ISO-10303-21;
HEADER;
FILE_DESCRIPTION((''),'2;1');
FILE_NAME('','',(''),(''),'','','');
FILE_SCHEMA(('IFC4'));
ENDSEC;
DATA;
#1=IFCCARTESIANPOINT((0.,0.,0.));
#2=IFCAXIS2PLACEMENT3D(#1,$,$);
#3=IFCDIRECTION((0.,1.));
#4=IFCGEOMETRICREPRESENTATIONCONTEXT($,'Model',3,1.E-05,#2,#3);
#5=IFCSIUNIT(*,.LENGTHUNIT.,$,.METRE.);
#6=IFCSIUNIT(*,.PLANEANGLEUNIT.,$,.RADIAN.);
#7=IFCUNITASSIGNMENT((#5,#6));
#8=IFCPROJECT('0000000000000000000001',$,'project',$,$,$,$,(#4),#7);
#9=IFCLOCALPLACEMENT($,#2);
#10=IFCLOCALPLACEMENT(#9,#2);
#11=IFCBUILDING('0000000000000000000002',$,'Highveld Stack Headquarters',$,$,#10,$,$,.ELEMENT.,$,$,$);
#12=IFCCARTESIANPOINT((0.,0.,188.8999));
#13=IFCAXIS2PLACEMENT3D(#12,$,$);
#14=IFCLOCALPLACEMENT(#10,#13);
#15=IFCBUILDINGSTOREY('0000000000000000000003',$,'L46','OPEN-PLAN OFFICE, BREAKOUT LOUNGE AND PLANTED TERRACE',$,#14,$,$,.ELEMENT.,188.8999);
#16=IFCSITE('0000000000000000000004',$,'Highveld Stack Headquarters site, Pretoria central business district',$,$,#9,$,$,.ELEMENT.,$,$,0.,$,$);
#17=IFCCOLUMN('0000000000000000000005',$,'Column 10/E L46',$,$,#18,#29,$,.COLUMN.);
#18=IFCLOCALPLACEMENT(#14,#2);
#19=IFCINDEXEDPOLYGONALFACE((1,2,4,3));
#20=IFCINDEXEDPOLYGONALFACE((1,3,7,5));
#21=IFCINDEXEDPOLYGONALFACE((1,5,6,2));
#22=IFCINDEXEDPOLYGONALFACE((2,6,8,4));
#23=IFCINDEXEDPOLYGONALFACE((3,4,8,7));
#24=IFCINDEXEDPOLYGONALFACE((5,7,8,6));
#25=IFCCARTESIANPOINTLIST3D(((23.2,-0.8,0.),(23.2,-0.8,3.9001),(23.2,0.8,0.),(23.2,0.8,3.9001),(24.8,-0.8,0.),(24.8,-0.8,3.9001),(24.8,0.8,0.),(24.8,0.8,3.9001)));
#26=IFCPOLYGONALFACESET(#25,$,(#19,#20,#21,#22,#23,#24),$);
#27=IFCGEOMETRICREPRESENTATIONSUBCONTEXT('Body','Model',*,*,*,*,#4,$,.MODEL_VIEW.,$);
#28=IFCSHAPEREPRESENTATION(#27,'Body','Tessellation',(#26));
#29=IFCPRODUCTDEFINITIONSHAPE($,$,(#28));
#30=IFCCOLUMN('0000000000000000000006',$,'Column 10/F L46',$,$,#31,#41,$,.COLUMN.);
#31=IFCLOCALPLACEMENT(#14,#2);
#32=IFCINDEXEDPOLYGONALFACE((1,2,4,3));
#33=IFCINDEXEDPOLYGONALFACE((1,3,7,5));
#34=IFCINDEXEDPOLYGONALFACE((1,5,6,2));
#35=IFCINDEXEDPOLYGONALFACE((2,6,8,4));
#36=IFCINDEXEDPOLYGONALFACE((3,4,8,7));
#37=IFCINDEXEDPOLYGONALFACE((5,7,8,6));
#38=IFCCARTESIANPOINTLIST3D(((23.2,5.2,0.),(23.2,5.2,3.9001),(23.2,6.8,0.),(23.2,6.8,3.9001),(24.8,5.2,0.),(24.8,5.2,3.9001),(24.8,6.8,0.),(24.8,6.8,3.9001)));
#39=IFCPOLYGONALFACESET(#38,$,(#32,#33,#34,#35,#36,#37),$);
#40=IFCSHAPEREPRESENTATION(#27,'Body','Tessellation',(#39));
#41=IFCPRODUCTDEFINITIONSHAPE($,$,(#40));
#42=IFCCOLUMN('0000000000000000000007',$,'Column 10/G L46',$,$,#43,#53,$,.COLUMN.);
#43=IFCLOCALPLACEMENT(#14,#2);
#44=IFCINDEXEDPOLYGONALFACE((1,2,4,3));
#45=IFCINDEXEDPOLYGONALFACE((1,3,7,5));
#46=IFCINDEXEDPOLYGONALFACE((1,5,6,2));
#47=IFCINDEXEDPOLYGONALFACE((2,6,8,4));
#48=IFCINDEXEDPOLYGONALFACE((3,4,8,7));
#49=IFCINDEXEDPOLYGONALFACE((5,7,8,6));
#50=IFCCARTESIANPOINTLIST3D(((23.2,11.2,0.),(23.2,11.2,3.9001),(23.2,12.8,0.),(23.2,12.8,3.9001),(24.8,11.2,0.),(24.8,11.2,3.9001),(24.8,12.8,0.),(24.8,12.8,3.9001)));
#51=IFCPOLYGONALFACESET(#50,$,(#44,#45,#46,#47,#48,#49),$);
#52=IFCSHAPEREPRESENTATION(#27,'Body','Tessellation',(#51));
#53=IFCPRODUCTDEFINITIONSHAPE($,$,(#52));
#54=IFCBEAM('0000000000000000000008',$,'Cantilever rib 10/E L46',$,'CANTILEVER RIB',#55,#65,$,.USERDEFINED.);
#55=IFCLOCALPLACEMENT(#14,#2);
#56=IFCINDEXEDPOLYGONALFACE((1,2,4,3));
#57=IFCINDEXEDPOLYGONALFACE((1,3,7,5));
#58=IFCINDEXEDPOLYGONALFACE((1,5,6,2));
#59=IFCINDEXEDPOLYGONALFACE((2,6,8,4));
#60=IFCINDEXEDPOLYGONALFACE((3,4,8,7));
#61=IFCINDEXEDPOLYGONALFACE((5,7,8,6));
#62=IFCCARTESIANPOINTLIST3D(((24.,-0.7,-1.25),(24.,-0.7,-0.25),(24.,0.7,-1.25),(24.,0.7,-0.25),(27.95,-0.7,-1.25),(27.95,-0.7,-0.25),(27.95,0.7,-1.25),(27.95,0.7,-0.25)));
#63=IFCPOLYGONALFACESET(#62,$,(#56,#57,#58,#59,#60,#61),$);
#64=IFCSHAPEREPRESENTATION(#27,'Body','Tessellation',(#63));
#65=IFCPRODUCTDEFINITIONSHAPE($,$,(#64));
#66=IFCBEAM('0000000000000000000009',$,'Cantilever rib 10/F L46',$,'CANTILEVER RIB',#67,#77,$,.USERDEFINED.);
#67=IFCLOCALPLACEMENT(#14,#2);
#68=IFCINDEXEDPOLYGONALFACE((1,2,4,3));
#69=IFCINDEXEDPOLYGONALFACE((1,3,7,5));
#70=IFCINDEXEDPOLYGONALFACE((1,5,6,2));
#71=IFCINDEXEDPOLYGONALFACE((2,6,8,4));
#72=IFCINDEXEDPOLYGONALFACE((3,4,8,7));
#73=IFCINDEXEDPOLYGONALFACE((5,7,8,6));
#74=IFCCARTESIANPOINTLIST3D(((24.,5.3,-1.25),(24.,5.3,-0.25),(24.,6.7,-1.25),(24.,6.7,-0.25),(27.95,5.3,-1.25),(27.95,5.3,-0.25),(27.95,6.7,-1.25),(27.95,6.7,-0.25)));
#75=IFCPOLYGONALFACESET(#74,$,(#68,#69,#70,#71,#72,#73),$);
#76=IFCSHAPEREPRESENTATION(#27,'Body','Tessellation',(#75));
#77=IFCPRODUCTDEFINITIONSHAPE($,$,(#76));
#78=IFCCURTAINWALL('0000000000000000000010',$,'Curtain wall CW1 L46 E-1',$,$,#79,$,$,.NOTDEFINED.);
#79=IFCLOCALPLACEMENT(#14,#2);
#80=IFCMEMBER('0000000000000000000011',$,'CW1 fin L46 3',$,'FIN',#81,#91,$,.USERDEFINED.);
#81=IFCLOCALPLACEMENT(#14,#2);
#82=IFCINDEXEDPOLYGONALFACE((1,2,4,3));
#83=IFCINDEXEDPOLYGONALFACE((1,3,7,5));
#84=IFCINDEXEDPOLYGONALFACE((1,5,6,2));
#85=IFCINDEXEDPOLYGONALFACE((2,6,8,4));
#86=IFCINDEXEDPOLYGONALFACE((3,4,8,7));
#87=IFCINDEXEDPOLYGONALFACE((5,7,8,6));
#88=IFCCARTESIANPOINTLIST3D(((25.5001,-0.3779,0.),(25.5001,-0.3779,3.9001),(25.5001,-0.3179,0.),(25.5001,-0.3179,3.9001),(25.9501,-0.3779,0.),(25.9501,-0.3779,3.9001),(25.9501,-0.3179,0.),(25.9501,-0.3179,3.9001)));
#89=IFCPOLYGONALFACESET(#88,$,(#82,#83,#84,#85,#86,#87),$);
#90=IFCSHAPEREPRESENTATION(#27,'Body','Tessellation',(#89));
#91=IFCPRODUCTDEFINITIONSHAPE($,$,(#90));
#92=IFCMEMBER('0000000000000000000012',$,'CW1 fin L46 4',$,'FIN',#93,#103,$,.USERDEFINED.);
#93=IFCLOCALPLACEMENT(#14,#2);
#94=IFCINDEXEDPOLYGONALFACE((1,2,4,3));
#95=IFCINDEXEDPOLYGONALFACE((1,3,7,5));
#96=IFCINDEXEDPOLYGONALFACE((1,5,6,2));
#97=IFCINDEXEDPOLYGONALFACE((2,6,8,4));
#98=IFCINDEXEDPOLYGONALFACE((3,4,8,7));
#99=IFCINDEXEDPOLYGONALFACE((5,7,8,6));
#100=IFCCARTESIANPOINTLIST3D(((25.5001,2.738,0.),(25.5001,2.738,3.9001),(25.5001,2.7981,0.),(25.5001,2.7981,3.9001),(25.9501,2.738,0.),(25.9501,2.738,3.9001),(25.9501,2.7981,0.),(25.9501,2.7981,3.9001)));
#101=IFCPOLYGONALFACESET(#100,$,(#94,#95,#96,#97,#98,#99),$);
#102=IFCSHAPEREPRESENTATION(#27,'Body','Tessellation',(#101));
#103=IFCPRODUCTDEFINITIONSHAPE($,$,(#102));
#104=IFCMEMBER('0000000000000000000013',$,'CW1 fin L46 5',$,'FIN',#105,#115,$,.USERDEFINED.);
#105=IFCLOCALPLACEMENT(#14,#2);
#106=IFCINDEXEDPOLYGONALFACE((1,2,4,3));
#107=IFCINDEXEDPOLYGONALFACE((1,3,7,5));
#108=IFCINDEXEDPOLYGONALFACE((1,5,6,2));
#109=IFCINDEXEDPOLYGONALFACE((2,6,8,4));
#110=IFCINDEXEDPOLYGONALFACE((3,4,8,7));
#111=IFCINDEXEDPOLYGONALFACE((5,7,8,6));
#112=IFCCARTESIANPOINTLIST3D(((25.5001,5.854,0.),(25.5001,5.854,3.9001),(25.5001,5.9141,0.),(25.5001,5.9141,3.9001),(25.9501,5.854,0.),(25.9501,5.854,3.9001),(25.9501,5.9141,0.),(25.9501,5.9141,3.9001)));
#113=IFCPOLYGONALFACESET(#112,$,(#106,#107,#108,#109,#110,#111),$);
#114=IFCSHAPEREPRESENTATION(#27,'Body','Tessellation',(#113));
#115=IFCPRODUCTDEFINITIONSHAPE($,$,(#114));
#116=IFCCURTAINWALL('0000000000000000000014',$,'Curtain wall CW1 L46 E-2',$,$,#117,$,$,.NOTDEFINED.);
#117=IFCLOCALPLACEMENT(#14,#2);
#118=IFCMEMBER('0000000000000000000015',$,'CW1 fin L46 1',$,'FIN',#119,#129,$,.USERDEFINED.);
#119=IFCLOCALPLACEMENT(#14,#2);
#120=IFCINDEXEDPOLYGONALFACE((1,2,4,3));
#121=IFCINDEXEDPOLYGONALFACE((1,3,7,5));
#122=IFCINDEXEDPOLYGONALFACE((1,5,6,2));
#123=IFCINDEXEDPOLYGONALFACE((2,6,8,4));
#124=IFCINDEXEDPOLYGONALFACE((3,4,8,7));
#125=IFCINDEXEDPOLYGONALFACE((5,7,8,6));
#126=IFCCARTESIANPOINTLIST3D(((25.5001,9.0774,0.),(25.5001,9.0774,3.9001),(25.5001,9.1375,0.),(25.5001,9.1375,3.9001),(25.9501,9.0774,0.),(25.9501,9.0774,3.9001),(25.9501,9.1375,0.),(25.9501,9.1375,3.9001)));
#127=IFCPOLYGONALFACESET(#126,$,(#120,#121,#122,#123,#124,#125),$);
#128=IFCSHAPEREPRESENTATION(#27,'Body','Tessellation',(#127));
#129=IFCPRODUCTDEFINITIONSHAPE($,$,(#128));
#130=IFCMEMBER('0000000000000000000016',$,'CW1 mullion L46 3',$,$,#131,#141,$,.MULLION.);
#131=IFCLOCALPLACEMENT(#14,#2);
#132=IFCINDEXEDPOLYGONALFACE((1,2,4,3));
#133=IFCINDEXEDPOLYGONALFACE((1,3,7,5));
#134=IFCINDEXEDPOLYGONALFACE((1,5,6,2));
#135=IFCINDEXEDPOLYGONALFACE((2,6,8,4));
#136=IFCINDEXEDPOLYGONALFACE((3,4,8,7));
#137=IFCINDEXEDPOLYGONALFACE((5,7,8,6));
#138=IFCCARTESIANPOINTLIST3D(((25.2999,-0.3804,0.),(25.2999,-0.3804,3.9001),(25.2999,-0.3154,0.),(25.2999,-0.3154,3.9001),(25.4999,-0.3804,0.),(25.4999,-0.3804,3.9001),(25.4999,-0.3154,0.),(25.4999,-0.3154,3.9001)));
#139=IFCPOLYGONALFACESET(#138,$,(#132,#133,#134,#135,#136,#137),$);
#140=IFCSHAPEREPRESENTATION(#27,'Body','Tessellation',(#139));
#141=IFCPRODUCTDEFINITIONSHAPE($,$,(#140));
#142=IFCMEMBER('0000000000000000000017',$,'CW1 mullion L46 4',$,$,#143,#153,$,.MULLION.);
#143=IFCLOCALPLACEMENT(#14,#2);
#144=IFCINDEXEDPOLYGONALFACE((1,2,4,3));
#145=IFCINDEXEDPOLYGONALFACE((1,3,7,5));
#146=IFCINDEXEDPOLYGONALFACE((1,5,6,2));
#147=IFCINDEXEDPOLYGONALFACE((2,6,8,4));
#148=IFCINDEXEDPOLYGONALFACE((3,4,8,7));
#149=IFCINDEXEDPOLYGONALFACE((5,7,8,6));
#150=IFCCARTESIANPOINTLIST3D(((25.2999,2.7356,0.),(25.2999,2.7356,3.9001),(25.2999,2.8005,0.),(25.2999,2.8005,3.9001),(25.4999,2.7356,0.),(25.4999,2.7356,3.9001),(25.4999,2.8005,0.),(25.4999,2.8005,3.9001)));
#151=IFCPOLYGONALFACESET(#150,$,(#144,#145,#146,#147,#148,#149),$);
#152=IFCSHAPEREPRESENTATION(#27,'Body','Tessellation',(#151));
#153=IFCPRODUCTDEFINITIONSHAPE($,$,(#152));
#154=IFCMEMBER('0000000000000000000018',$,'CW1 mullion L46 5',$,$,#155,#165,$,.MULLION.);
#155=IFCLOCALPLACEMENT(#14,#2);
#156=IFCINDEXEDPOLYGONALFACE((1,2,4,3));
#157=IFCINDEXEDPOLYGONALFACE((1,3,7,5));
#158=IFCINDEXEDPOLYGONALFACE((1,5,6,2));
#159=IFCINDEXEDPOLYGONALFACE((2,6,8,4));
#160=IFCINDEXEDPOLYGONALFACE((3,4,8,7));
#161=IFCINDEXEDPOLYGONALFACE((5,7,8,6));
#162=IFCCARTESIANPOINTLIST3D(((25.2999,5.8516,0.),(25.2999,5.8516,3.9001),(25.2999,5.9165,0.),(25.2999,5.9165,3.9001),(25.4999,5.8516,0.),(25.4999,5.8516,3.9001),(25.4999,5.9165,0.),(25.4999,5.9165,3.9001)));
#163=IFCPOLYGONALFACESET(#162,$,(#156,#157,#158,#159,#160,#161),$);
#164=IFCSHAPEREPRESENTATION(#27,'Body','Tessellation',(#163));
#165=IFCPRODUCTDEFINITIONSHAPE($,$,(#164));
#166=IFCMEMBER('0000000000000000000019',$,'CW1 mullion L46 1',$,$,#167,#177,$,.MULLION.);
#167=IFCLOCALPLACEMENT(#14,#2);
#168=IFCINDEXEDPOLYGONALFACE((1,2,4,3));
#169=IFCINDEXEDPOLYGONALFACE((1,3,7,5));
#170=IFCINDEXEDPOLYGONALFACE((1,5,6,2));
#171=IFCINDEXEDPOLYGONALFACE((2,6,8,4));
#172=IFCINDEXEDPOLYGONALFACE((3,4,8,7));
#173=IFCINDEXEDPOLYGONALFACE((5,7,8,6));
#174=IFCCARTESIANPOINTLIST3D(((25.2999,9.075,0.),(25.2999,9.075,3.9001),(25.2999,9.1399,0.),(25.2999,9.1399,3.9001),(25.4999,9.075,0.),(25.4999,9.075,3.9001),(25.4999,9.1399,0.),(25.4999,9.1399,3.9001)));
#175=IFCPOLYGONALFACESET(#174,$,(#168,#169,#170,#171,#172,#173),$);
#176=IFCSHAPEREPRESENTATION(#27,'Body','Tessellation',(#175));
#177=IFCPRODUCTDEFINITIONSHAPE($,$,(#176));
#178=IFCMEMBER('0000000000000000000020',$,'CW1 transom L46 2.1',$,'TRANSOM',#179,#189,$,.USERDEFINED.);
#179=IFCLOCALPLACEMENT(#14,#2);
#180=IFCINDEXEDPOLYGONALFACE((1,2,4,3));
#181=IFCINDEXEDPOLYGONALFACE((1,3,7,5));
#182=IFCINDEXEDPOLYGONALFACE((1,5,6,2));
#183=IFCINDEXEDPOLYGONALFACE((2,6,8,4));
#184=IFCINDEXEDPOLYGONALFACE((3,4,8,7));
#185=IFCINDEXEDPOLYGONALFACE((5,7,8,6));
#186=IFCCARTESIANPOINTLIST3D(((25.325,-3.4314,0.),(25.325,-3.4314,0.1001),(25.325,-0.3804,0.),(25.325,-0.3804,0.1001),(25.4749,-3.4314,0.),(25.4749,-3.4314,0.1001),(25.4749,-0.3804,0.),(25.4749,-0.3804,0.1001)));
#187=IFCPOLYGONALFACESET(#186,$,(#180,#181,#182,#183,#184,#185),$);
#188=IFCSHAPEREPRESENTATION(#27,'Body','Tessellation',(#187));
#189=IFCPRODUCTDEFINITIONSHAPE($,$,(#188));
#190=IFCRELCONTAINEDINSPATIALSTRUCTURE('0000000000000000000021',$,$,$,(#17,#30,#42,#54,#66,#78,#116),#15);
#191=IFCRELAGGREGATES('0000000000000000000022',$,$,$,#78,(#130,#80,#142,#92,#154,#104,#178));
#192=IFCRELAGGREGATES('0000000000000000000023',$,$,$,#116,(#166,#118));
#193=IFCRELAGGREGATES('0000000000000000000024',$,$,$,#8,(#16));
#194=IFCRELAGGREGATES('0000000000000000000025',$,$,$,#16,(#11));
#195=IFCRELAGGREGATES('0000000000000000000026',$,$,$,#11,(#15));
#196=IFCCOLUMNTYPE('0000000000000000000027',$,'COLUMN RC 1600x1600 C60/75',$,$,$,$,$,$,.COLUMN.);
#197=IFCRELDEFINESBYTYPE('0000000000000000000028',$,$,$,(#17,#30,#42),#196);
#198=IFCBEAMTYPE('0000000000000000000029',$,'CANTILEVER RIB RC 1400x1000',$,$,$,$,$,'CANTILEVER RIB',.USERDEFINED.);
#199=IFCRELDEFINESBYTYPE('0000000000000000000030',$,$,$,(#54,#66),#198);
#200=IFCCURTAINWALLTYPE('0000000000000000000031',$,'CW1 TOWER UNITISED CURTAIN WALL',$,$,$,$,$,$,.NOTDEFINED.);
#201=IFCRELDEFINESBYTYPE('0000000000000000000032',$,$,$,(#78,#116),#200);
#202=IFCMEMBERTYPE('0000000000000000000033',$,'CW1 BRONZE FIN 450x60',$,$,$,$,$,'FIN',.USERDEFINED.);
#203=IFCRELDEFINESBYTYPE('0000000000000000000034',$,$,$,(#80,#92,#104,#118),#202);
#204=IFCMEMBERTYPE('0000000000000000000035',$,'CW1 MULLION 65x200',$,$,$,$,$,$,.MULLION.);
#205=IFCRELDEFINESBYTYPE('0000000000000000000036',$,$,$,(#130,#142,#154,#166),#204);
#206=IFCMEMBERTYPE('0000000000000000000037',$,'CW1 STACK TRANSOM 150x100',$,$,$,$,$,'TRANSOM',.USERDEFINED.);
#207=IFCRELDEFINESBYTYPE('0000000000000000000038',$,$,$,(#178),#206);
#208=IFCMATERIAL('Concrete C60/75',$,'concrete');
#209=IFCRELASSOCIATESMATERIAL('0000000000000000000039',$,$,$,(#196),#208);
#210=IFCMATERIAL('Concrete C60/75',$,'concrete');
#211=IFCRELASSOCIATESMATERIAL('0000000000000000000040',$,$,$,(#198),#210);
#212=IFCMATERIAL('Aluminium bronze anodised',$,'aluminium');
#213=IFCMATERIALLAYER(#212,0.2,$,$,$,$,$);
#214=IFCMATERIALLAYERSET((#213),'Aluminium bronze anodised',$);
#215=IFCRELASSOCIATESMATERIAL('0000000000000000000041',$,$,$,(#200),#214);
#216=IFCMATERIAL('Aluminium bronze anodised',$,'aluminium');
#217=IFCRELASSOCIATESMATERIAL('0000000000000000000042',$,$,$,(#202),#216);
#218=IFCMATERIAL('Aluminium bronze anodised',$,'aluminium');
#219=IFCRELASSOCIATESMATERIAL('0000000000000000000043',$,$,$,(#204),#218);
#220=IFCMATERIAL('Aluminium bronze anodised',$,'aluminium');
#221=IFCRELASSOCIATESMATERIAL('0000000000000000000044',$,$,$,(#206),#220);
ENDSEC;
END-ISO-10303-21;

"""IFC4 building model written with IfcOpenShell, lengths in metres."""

from ifc_helpers import new_model, si_unit, direction, frame, origin, origin_2d, place, context, subcontext, project, spatial, rectangle, extrude, material, layer, layer_set, material_profile, profile_set, type_object, element, aggregate, save


model = new_model("IFC4")

# Units and contexts
model_context = context("Model", 3, precision=1e-05, world=origin(), true_north=direction((0.0, 1.0)))
body_context = subcontext(model_context, "Body", "Model", "MODEL_VIEW")
ifc_project = project(units=[si_unit("LENGTHUNIT", "METRE"), si_unit("PLANEANGLEUNIT", "RADIAN")], contexts=[model_context])

# Site, building, storey
site_placement = place(None, origin())
site = spatial("IfcSite", under=ifc_project, at=site_placement, Name="Highveld Stack Headquarters site, Pretoria central business district", CompositionType="ELEMENT", RefElevation=0.0)
building_placement = place(site_placement, origin())
building = spatial("IfcBuilding", under=site, at=building_placement, Name="Highveld Stack Headquarters", CompositionType="ELEMENT")
storey_placement = place(building_placement, frame((0.0, 0.0, 188.8999)))
storey = spatial("IfcBuildingStorey", under=building, at=storey_placement, Name="L46", Description="OPEN-PLAN OFFICE, BREAKOUT LOUNGE AND PLANTED TERRACE", CompositionType="ELEMENT", Elevation=188.8999)

# Columns
ifc_material_1 = material(Name="Concrete C60/75", Category="concrete")
ifc_material_profile_1 = material_profile(ifc_material_1, rectangle(XDim=1.6001, YDim=1.6001, at=origin_2d()), Name="RC 1600x1600")
ifc_profile_set_1 = profile_set([ifc_material_profile_1], Name="Concrete C60/75")
column_type = type_object("IfcColumnType", Name="COLUMN RC 1600x1600 C60/75", PredefinedType="COLUMN", material=ifc_profile_set_1)
for number, where, z_axis, x_axis, name in (
    (1, (24.0, 0.0, 0.0), (0.0, 0.0, 1.0), (1.0, 0.0, 0.0), "Column 10/E L46"),
    (2, (24.0, 6.0, 0.0), (0.0, 0.0, 1.0), (1.0, 0.0, 0.0), "Column 10/F L46"),
    (3, (24.0, 12.0, 0.0), (0.0, 0.0, 1.0), (1.0, 0.0, 0.0), "Column 10/G L46"),
):
    element("IfcColumn", number, at=place(storey_placement, frame(where, z_axis=z_axis, x_axis=x_axis)), inside=storey, type_object=column_type, Name=name, PredefinedType="COLUMN", context=body_context, shape_type="SweptSolid", body=[
        extrude(rectangle(XDim=1.6001, YDim=1.6001, at=origin_2d()), origin(), (0.0, 0.0, 1.0), 3.9001),
    ])

# Beams
ifc_material_2 = material(Name="Concrete C60/75", Category="concrete")
ifc_material_profile_2 = material_profile(ifc_material_2, rectangle(XDim=1.3999, YDim=1.0, at=origin_2d()), Name="RC 1400x1000")
ifc_profile_set_2 = profile_set([ifc_material_profile_2], Name="Concrete C60/75")
beam_type_1 = type_object("IfcBeamType", Name="CANTILEVER RIB RC 1400x1000", ElementType="CANTILEVER RIB", PredefinedType="USERDEFINED", material=ifc_profile_set_2)
for number, where, z_axis, x_axis, name in (
    (4, (24.0, 0.0, -0.75), (1.0, 0.0, 0.0), (0.0, 1.0, 0.0), "Cantilever rib 10/E L46"),
    (5, (24.0, 6.0, -0.75), (1.0, 0.0, 0.0), (0.0, 1.0, 0.0), "Cantilever rib 10/F L46"),
):
    element("IfcBeam", number, at=place(storey_placement, frame(where, z_axis=z_axis, x_axis=x_axis)), inside=storey, type_object=beam_type_1, Name=name, ObjectType="CANTILEVER RIB", PredefinedType="USERDEFINED", context=body_context, shape_type="SweptSolid", body=[
        extrude(rectangle(XDim=1.3999, YDim=1.0, at=origin_2d()), origin(), (0.0, 0.0, 1.0), 3.95),
    ])

# Curtain wall, members
ifc_material_3 = material(Name="Aluminium bronze anodised", Category="aluminium")
ifc_layer_1 = layer(ifc_material_3, 0.2)
ifc_layer_set_1 = layer_set([ifc_layer_1], Name="Aluminium bronze anodised")
curtain_wall_type = type_object("IfcCurtainWallType", Name="CW1 TOWER UNITISED CURTAIN WALL", PredefinedType="NOTDEFINED", material=ifc_layer_set_1)
curtain_wall_1_placement = place(storey_placement, origin())
curtain_wall_1 = element("IfcCurtainWall", 6, at=curtain_wall_1_placement, inside=storey, type_object=curtain_wall_type, Name="Curtain wall CW1 L46 E-1", PredefinedType="NOTDEFINED")
ifc_material_4 = material(Name="Aluminium bronze anodised", Category="aluminium")
ifc_material_profile_3 = material_profile(ifc_material_4, rectangle(XDim=0.45, YDim=0.0601, at=origin_2d()), Name="FIN 450x60")
ifc_profile_set_3 = profile_set([ifc_material_profile_3], Name="Aluminium bronze anodised")
member_type_1 = type_object("IfcMemberType", Name="CW1 BRONZE FIN 450x60", ElementType="FIN", PredefinedType="USERDEFINED", material=ifc_profile_set_3)
member_1_placement = place(storey_placement, frame((25.7251, -0.3479, 0.0), z_axis=(0.0, 0.0, 1.0), x_axis=(-1.0, 0.0, 0.0)))
member_1 = element("IfcMember", 7, at=member_1_placement, type_object=member_type_1, Name="CW1 fin L46 3", ObjectType="FIN", PredefinedType="USERDEFINED", context=body_context, shape_type="SweptSolid", body=[
    extrude(rectangle(XDim=0.45, YDim=0.0601, at=origin_2d()), origin(), (0.0, 0.0, 1.0), 3.9001),
])
member_2_placement = place(storey_placement, frame((25.7251, 2.7681, 0.0), z_axis=(0.0, 0.0, 1.0), x_axis=(-1.0, 0.0, 0.0)))
member_2 = element("IfcMember", 8, at=member_2_placement, type_object=member_type_1, Name="CW1 fin L46 4", ObjectType="FIN", PredefinedType="USERDEFINED", context=body_context, shape_type="SweptSolid", body=[
    extrude(rectangle(XDim=0.45, YDim=0.0601, at=origin_2d()), origin(), (0.0, 0.0, 1.0), 3.9001),
])
member_3_placement = place(storey_placement, frame((25.7251, 5.884, 0.0), z_axis=(0.0, 0.0, 1.0), x_axis=(-1.0, 0.0, 0.0)))
member_3 = element("IfcMember", 9, at=member_3_placement, type_object=member_type_1, Name="CW1 fin L46 5", ObjectType="FIN", PredefinedType="USERDEFINED", context=body_context, shape_type="SweptSolid", body=[
    extrude(rectangle(XDim=0.45, YDim=0.0601, at=origin_2d()), origin(), (0.0, 0.0, 1.0), 3.9001),
])

# Curtain wall, member
curtain_wall_2_placement = place(storey_placement, origin())
curtain_wall_2 = element("IfcCurtainWall", 10, at=curtain_wall_2_placement, inside=storey, type_object=curtain_wall_type, Name="Curtain wall CW1 L46 E-2", PredefinedType="NOTDEFINED")
member_4_placement = place(storey_placement, frame((25.7251, 9.1074, 0.0), z_axis=(0.0, 0.0, 1.0), x_axis=(-1.0, 0.0, 0.0)))
member_4 = element("IfcMember", 11, at=member_4_placement, type_object=member_type_1, Name="CW1 fin L46 1", ObjectType="FIN", PredefinedType="USERDEFINED", context=body_context, shape_type="SweptSolid", body=[
    extrude(rectangle(XDim=0.45, YDim=0.0601, at=origin_2d()), origin(), (0.0, 0.0, 1.0), 3.9001),
])

# Members
ifc_material_5 = material(Name="Aluminium bronze anodised", Category="aluminium")
ifc_material_profile_4 = material_profile(ifc_material_5, rectangle(XDim=0.2, YDim=0.0649, at=origin_2d()), Name="CW1 MULLION 65x200")
ifc_profile_set_4 = profile_set([ifc_material_profile_4], Name="Aluminium bronze anodised")
member_type_2 = type_object("IfcMemberType", Name="CW1 MULLION 65x200", PredefinedType="MULLION", material=ifc_profile_set_4)
member_5_placement = place(storey_placement, frame((25.3999, -0.3479, 0.0), z_axis=(0.0, 0.0, 1.0), x_axis=(-1.0, 0.0, 0.0)))
member_5 = element("IfcMember", 12, at=member_5_placement, type_object=member_type_2, Name="CW1 mullion L46 3", PredefinedType="MULLION", context=body_context, shape_type="SweptSolid", body=[
    extrude(rectangle(XDim=0.2, YDim=0.0649, at=origin_2d()), origin(), (0.0, 0.0, 1.0), 3.9001),
])
member_6_placement = place(storey_placement, frame((25.3999, 2.7681, 0.0), z_axis=(0.0, 0.0, 1.0), x_axis=(-1.0, 0.0, 0.0)))
member_6 = element("IfcMember", 13, at=member_6_placement, type_object=member_type_2, Name="CW1 mullion L46 4", PredefinedType="MULLION", context=body_context, shape_type="SweptSolid", body=[
    extrude(rectangle(XDim=0.2, YDim=0.0649, at=origin_2d()), origin(), (0.0, 0.0, 1.0), 3.9001),
])
member_7_placement = place(storey_placement, frame((25.3999, 5.884, 0.0), z_axis=(0.0, 0.0, 1.0), x_axis=(-1.0, 0.0, 0.0)))
member_7 = element("IfcMember", 14, at=member_7_placement, type_object=member_type_2, Name="CW1 mullion L46 5", PredefinedType="MULLION", context=body_context, shape_type="SweptSolid", body=[
    extrude(rectangle(XDim=0.2, YDim=0.0649, at=origin_2d()), origin(), (0.0, 0.0, 1.0), 3.9001),
])
member_8_placement = place(storey_placement, frame((25.3999, 9.1074, 0.0), z_axis=(0.0, 0.0, 1.0), x_axis=(-1.0, 0.0, 0.0)))
member_8 = element("IfcMember", 15, at=member_8_placement, type_object=member_type_2, Name="CW1 mullion L46 1", PredefinedType="MULLION", context=body_context, shape_type="SweptSolid", body=[
    extrude(rectangle(XDim=0.2, YDim=0.0649, at=origin_2d()), origin(), (0.0, 0.0, 1.0), 3.9001),
])
ifc_material_6 = material(Name="Aluminium bronze anodised", Category="aluminium")
ifc_material_profile_5 = material_profile(ifc_material_6, rectangle(XDim=0.1499, YDim=0.1001, at=origin_2d()), Name="CW1 TRANSOM 150x100")
ifc_profile_set_5 = profile_set([ifc_material_profile_5], Name="Aluminium bronze anodised")
member_type_3 = type_object("IfcMemberType", Name="CW1 STACK TRANSOM 150x100", ElementType="TRANSOM", PredefinedType="USERDEFINED", material=ifc_profile_set_5)
member_9_placement = place(storey_placement, frame((25.3999, -3.4314, 0.05), z_axis=(0.0, 1.0, 0.0), x_axis=(-1.0, 0.0, 0.0)))
member_9 = element("IfcMember", 16, at=member_9_placement, type_object=member_type_3, Name="CW1 transom L46 2.1", ObjectType="TRANSOM", PredefinedType="USERDEFINED", context=body_context, shape_type="SweptSolid", body=[
    extrude(rectangle(XDim=0.1499, YDim=0.1001, at=origin_2d()), origin(), (0.0, 0.0, 1.0), 3.051),
])

aggregate(curtain_wall_1, [member_5, member_1, member_6, member_2, member_7, member_3, member_9])
aggregate(curtain_wall_2, [member_8, member_4])

save(model, "model.ifc")
